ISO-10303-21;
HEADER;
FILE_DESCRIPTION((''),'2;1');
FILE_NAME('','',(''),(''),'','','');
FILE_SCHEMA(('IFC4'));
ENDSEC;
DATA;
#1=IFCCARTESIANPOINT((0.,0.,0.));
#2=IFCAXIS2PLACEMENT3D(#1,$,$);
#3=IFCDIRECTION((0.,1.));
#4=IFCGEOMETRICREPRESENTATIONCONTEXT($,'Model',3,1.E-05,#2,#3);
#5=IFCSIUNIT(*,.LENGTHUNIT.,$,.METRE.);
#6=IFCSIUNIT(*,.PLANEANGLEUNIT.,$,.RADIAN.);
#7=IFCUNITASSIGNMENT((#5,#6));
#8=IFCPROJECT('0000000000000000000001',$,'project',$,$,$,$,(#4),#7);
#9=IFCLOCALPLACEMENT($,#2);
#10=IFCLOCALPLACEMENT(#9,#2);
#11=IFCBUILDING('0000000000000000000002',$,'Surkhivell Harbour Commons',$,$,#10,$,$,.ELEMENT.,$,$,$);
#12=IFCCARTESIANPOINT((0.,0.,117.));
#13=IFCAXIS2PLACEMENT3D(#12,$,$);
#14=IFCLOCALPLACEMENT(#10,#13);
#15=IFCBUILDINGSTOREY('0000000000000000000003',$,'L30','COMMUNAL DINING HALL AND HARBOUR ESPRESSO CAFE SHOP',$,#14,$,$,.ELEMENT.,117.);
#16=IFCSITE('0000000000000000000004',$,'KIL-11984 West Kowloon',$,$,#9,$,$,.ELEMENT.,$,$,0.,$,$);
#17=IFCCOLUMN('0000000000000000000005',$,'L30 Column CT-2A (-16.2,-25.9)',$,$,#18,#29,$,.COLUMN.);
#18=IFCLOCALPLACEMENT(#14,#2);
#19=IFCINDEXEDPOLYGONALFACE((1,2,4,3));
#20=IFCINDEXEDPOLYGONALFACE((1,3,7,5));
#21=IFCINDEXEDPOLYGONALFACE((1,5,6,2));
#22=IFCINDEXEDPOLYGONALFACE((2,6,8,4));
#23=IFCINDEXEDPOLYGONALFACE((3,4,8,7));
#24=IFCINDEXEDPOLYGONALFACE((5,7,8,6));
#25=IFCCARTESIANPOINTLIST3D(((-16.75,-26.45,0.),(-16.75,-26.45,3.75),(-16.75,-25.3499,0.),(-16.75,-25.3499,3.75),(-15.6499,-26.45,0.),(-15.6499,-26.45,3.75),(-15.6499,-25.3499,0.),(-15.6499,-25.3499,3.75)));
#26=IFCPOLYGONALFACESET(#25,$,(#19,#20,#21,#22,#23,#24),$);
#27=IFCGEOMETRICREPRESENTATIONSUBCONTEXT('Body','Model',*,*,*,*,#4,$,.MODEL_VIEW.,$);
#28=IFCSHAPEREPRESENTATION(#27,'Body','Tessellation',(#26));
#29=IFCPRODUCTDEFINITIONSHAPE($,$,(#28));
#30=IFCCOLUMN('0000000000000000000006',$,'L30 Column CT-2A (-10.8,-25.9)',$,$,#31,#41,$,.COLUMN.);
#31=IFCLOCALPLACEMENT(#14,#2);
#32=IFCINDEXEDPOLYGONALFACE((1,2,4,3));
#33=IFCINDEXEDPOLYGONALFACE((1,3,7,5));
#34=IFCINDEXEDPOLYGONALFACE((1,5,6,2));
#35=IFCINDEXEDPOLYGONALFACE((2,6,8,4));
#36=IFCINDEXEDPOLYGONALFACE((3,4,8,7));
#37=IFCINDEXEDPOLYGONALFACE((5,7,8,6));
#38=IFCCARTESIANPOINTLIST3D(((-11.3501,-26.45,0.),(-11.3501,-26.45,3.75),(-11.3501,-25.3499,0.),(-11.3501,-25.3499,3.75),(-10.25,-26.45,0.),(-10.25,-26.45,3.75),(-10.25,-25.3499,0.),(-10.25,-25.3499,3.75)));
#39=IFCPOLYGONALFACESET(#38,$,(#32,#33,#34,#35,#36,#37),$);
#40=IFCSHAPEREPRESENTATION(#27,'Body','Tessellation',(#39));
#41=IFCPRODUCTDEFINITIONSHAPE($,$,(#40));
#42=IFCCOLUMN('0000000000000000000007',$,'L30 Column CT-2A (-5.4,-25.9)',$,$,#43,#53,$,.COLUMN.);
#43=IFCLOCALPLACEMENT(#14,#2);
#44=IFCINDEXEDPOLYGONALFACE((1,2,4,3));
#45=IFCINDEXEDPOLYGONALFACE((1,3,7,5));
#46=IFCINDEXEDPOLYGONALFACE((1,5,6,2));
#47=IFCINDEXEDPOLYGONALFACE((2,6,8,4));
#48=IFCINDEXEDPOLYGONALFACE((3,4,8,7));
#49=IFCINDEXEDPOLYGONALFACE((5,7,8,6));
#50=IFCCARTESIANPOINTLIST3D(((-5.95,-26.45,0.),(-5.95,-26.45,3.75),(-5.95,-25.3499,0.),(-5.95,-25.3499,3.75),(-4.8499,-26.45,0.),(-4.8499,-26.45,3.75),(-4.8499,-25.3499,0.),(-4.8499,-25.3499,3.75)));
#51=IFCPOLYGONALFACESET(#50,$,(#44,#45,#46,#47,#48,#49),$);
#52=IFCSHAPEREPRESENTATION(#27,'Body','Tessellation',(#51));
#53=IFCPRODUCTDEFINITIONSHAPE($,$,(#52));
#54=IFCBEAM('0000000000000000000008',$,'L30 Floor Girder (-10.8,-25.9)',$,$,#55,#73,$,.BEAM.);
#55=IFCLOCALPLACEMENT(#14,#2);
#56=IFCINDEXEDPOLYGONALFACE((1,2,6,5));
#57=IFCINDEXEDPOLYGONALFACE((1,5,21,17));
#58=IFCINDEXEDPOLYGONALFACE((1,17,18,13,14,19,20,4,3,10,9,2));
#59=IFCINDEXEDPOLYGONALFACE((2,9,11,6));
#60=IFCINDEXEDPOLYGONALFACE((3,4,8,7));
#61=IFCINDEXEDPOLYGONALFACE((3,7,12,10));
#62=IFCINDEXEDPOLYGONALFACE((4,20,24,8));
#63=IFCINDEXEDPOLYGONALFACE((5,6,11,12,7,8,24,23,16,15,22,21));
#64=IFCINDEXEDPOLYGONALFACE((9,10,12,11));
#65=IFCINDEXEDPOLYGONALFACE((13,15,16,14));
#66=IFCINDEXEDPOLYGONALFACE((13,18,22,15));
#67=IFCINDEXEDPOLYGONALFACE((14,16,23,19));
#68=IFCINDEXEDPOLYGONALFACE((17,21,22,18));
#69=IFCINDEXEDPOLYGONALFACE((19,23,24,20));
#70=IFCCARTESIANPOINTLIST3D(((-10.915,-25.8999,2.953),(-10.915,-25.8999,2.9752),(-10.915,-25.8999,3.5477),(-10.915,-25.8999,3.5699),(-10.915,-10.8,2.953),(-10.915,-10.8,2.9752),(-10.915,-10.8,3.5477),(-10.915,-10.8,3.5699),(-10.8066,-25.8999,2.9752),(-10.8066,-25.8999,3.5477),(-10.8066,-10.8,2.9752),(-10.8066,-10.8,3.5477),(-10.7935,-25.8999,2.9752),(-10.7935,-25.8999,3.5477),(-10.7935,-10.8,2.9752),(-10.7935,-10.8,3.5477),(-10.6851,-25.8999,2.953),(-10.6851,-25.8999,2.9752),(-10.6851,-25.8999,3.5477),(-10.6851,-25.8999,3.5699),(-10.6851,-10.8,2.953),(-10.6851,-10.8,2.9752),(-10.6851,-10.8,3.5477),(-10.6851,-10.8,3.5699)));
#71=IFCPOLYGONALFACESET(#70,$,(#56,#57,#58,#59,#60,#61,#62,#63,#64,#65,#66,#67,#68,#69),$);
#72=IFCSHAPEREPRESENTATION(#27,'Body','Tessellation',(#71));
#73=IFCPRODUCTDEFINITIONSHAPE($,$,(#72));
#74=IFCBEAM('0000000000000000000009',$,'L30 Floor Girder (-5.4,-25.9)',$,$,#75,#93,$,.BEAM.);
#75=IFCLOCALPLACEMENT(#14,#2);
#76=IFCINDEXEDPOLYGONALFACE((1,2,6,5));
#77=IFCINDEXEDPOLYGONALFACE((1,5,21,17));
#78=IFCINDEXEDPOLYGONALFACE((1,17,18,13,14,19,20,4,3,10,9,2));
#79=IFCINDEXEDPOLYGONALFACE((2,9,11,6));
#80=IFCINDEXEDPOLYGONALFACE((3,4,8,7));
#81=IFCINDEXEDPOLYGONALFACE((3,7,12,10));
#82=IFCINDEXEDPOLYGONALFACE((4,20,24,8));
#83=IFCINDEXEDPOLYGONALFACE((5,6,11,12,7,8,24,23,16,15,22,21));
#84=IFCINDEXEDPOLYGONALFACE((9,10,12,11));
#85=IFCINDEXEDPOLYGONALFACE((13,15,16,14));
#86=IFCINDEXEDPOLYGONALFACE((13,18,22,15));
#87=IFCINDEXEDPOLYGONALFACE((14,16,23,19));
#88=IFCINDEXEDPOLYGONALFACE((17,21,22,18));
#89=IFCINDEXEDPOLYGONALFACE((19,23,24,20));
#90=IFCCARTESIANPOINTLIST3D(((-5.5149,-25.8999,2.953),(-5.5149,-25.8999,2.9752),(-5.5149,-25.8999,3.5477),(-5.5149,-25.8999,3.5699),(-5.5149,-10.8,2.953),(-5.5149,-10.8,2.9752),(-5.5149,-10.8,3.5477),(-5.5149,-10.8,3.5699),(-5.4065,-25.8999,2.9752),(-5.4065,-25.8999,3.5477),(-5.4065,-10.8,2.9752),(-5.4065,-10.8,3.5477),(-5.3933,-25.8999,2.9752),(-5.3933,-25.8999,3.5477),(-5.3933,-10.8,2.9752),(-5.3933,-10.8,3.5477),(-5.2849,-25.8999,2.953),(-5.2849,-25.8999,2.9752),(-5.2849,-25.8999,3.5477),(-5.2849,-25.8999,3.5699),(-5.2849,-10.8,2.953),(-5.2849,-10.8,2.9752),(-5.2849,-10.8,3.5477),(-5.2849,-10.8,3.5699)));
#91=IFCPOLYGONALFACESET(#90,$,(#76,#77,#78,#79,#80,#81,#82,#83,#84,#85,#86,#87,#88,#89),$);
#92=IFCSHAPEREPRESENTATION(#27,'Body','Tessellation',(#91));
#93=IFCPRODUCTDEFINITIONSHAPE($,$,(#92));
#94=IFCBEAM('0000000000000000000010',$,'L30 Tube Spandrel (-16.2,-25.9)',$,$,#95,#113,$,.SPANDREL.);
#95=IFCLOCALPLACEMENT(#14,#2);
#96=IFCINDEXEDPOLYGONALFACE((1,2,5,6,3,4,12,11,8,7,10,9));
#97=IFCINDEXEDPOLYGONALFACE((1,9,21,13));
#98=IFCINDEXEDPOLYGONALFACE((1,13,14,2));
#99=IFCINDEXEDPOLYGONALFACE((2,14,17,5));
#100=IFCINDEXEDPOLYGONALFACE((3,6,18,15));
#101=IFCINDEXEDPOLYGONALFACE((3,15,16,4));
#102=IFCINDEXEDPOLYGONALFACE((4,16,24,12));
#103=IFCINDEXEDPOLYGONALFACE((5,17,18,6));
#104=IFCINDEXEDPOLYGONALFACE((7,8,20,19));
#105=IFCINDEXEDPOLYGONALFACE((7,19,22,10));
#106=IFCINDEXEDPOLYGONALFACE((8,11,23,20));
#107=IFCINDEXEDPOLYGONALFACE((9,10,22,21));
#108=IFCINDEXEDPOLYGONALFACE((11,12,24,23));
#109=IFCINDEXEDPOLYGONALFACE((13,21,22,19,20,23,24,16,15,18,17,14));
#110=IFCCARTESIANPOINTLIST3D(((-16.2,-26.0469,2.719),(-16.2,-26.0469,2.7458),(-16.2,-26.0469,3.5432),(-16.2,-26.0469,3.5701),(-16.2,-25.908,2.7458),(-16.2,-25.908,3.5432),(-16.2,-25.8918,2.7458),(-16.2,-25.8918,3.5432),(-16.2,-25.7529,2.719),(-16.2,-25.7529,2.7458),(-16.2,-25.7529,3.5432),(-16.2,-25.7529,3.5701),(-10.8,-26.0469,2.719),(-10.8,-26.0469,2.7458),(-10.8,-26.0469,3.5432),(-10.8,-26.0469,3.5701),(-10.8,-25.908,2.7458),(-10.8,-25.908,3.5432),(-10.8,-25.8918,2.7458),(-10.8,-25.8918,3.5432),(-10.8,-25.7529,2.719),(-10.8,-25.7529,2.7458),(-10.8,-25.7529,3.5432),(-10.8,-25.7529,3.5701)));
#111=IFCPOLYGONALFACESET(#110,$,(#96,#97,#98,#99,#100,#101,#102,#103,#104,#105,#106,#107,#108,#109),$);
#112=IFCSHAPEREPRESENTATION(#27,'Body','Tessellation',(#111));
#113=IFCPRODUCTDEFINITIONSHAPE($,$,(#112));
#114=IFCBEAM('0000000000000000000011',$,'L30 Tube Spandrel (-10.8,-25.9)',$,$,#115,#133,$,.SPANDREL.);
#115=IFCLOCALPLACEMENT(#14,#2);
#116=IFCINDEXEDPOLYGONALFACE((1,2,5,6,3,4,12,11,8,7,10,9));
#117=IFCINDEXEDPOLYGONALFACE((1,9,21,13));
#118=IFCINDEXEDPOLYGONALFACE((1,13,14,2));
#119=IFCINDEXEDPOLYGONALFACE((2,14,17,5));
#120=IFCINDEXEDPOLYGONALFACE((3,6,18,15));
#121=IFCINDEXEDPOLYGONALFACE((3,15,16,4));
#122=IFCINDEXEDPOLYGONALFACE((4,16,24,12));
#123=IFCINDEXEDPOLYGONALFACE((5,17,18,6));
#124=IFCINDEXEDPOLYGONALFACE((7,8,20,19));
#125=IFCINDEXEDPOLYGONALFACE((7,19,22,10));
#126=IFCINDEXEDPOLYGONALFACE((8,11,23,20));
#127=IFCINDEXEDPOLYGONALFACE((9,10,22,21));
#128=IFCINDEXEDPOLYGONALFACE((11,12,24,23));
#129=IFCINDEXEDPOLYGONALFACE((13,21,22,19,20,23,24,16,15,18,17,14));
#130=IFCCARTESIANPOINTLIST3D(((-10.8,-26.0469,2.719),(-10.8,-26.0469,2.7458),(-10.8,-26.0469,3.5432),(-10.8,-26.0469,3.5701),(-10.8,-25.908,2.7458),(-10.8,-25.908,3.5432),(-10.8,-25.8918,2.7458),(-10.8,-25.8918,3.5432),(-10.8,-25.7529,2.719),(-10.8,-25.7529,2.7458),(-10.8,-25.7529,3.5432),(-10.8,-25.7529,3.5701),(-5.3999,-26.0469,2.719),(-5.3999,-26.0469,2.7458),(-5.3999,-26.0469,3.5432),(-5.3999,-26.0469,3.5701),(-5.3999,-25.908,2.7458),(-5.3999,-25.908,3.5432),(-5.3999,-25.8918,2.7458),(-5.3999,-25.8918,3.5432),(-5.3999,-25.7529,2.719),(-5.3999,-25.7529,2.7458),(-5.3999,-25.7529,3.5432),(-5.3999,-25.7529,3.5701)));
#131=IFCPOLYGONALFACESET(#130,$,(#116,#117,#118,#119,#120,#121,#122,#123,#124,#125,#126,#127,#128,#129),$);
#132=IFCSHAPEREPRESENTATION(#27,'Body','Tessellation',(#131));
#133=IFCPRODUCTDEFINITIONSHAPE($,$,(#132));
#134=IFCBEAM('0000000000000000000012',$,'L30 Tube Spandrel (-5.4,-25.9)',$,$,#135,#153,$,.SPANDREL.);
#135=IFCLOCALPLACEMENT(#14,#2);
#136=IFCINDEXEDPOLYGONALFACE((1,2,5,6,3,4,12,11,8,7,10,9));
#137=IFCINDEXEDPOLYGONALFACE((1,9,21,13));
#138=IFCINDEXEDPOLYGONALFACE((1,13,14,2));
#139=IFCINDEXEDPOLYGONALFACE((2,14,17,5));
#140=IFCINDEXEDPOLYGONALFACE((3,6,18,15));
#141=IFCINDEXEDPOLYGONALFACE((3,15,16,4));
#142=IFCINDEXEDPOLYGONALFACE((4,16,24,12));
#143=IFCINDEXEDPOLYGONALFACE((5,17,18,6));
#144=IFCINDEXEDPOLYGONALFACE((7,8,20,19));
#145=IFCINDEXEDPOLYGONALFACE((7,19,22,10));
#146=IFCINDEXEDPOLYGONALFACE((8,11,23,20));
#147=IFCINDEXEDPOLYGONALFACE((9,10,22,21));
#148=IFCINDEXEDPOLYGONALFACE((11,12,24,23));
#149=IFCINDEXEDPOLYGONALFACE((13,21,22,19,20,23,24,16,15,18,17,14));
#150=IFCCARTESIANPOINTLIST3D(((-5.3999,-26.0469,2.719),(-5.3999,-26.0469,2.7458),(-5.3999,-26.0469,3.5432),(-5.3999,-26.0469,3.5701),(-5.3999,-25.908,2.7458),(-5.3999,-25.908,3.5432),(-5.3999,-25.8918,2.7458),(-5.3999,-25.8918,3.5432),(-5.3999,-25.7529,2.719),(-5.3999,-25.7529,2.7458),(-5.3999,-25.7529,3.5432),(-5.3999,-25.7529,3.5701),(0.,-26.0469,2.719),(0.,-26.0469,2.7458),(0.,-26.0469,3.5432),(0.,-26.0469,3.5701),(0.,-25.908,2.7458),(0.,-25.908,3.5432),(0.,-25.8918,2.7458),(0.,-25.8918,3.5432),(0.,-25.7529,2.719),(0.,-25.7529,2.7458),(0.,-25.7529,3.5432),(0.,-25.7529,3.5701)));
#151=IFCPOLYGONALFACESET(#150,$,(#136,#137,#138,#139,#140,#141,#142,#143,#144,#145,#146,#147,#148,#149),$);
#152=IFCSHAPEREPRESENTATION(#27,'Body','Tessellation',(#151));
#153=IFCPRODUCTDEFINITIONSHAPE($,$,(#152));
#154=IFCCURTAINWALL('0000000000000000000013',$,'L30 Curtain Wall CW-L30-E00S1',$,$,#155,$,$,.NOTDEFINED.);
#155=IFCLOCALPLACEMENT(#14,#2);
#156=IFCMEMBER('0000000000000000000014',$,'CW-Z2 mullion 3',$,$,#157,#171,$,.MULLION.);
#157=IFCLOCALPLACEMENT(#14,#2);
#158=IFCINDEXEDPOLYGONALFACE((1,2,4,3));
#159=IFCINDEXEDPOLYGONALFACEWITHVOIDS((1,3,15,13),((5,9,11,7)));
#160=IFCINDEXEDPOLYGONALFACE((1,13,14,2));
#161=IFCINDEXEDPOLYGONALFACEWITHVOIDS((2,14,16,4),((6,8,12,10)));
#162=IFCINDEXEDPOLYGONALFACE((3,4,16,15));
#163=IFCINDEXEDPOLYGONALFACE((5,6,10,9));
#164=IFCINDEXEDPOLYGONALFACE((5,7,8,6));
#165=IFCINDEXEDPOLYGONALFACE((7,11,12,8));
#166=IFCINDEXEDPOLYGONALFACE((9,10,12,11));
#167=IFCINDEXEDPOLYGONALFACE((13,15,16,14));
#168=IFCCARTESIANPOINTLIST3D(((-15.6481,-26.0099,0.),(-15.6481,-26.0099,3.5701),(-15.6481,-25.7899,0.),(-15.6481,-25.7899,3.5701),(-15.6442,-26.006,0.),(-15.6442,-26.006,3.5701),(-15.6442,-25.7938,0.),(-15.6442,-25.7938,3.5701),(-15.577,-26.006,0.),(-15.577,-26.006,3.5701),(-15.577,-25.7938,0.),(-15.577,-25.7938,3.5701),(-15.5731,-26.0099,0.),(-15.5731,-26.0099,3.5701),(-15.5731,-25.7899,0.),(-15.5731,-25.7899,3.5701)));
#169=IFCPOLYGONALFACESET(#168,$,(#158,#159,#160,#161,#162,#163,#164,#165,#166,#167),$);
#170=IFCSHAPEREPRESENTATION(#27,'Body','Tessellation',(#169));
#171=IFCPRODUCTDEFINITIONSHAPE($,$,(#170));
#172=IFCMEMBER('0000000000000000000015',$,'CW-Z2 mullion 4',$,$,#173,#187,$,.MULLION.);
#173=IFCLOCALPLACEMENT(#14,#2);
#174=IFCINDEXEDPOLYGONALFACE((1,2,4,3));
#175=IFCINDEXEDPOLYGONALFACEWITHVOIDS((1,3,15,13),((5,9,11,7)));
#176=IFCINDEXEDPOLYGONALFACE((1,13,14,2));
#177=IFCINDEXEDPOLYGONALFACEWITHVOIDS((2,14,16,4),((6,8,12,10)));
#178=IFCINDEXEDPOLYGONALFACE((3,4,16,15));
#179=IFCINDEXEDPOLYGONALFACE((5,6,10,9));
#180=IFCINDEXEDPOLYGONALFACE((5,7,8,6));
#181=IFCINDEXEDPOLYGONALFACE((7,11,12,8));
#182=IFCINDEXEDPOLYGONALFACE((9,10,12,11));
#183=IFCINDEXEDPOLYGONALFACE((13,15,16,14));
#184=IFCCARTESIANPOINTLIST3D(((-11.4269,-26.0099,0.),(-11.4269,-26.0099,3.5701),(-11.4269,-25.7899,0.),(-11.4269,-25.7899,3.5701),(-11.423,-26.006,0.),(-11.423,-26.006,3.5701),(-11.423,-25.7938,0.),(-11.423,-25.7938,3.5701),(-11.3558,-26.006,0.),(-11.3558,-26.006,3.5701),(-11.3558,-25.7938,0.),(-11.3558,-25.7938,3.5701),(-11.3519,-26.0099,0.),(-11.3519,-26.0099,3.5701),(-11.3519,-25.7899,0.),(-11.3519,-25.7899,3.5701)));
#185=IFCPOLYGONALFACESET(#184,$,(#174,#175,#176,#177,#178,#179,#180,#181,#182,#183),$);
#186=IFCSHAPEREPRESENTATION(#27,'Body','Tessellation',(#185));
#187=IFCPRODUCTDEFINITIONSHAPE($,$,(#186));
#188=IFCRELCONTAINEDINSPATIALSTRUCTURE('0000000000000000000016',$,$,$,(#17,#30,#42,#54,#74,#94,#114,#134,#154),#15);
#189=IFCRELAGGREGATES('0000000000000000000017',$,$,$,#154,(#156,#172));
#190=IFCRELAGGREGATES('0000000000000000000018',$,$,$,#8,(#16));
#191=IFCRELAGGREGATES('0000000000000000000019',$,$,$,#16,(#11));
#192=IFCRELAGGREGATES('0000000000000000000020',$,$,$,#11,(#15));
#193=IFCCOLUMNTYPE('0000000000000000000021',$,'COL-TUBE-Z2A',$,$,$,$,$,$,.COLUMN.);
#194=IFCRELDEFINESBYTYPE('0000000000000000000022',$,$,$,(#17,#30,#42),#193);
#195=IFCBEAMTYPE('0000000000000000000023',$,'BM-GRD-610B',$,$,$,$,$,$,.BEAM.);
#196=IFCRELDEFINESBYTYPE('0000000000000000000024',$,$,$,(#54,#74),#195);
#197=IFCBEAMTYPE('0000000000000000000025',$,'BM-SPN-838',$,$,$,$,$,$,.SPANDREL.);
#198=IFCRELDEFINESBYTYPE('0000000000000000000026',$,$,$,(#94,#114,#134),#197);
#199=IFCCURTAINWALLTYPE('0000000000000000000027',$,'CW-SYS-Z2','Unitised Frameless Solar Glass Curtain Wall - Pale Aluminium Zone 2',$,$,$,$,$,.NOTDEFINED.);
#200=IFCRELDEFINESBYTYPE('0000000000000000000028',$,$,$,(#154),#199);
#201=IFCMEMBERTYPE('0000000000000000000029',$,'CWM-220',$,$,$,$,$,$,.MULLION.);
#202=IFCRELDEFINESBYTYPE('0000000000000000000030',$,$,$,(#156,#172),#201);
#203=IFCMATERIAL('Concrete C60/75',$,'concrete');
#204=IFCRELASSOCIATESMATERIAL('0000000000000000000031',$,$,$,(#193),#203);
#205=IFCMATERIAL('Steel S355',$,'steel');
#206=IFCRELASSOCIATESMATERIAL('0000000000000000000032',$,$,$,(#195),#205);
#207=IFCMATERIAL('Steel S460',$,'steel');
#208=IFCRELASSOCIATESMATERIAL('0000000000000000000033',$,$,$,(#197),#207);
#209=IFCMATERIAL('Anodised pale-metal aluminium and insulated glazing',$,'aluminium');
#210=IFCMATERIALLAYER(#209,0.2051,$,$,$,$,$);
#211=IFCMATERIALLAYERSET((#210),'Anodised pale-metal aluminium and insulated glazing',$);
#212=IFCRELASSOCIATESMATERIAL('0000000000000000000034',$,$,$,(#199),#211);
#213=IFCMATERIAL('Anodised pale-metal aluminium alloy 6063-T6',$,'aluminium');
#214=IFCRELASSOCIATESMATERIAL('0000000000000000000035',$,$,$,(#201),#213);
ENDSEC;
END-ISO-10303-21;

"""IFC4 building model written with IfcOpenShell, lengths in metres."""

from ifc_helpers import new_model, si_unit, direction, frame, origin, origin_2d, place, context, subcontext, project, spatial, rectangle, hollow_rectangle, i_section, extrude, material, layer, layer_set, material_profile, profile_set, type_object, element, aggregate, save


model = new_model("IFC4")

# Units and contexts
model_context = context("Model", 3, precision=1e-05, world=origin(), true_north=direction((0.0, 1.0)))
body_context = subcontext(model_context, "Body", "Model", "MODEL_VIEW")
ifc_project = project(units=[si_unit("LENGTHUNIT", "METRE"), si_unit("PLANEANGLEUNIT", "RADIAN")], contexts=[model_context])

# Site, building, storey
site_placement = place(None, origin())
site = spatial("IfcSite", under=ifc_project, at=site_placement, Name="KIL-11984 West Kowloon", CompositionType="ELEMENT", RefElevation=0.0)
building_placement = place(site_placement, origin())
building = spatial("IfcBuilding", under=site, at=building_placement, Name="Surkhivell Harbour Commons", CompositionType="ELEMENT")
storey_placement = place(building_placement, frame((0.0, 0.0, 117.0)))
storey = spatial("IfcBuildingStorey", under=building, at=storey_placement, Name="L30", Description="COMMUNAL DINING HALL AND HARBOUR ESPRESSO CAFE SHOP", CompositionType="ELEMENT", Elevation=117.0)

# Columns
ifc_material_1 = material(Name="Concrete C60/75", Category="concrete")
ifc_material_profile_1 = material_profile(ifc_material_1, rectangle(XDim=1.1001, YDim=1.1001, at=origin_2d()), Name="RC-COL-1100x1100")
ifc_profile_set_1 = profile_set([ifc_material_profile_1], Name="Concrete C60/75")
column_type = type_object("IfcColumnType", Name="COL-TUBE-Z2A", PredefinedType="COLUMN", material=ifc_profile_set_1)
for number, where, z_axis, x_axis, name in (
    (1, (-16.2, -25.8999, 0.0), (0.0, 0.0, 1.0), (1.0, 0.0, 0.0), "L30 Column CT-2A (-16.2,-25.9)"),
    (2, (-10.8, -25.8999, 0.0), (0.0, 0.0, 1.0), (1.0, 0.0, 0.0), "L30 Column CT-2A (-10.8,-25.9)"),
    (3, (-5.3999, -25.8999, 0.0), (0.0, 0.0, 1.0), (1.0, 0.0, 0.0), "L30 Column CT-2A (-5.4,-25.9)"),
):
    element("IfcColumn", number, at=place(storey_placement, frame(where, z_axis=z_axis, x_axis=x_axis)), inside=storey, type_object=column_type, Name=name, PredefinedType="COLUMN", context=body_context, shape_type="SweptSolid", body=[
        extrude(rectangle(XDim=1.1001, YDim=1.1001, at=origin_2d()), origin(), (0.0, 0.0, 1.0), 3.75),
    ])

# Beams
ifc_material_2 = material(Name="Steel S355", Category="steel")
ifc_material_profile_2 = material_profile(ifc_material_2, i_section(OverallWidth=0.23, OverallDepth=0.6169, WebThickness=0.0132, FlangeThickness=0.0222, at=origin_2d()), Name="UB610x229x140")
ifc_profile_set_2 = profile_set([ifc_material_profile_2], Name="Steel S355")
beam_type_1 = type_object("IfcBeamType", Name="BM-GRD-610B", PredefinedType="BEAM", material=ifc_profile_set_2)
for number, where, z_axis, x_axis, name in (
    (4, (-10.8, -25.8999, 3.2615), (0.0, 1.0, 0.0), (-1.0, 0.0, 0.0), "L30 Floor Girder (-10.8,-25.9)"),
    (5, (-5.3999, -25.8999, 3.2615), (0.0, 1.0, 0.0), (-1.0, 0.0, 0.0), "L30 Floor Girder (-5.4,-25.9)"),
):
    element("IfcBeam", number, at=place(storey_placement, frame(where, z_axis=z_axis, x_axis=x_axis)), inside=storey, type_object=beam_type_1, Name=name, PredefinedType="BEAM", context=body_context, shape_type="SweptSolid", body=[
        extrude(i_section(OverallWidth=0.23, OverallDepth=0.6169, WebThickness=0.0132, FlangeThickness=0.0222, at=origin_2d()), origin(), (0.0, 0.0, 1.0), 15.0999),
    ])
ifc_material_3 = material(Name="Steel S460", Category="steel")
ifc_material_profile_3 = material_profile(ifc_material_3, i_section(OverallWidth=0.2939, OverallDepth=0.8511, WebThickness=0.0161, FlangeThickness=0.0269, at=origin_2d()), Name="UB838x292x226")
ifc_profile_set_3 = profile_set([ifc_material_profile_3], Name="Steel S460")
beam_type_2 = type_object("IfcBeamType", Name="BM-SPN-838", PredefinedType="SPANDREL", material=ifc_profile_set_3)
beam_1_placement = place(storey_placement, frame((-16.2, -25.8999, 3.1445), z_axis=(1.0, 0.0, 0.0), x_axis=(0.0, 1.0, 0.0)))
element("IfcBeam", 6, at=beam_1_placement, inside=storey, type_object=beam_type_2, Name="L30 Tube Spandrel (-16.2,-25.9)", PredefinedType="SPANDREL", context=body_context, shape_type="SweptSolid", body=[
    extrude(i_section(OverallWidth=0.2939, OverallDepth=0.8511, WebThickness=0.0161, FlangeThickness=0.0269, at=origin_2d()), origin(), (0.0, 0.0, 1.0), 5.3999),
])
beam_2_placement = place(storey_placement, frame((-10.8, -25.8999, 3.1445), z_axis=(1.0, 0.0, 0.0), x_axis=(0.0, 1.0, 0.0)))
element("IfcBeam", 7, at=beam_2_placement, inside=storey, type_object=beam_type_2, Name="L30 Tube Spandrel (-10.8,-25.9)", PredefinedType="SPANDREL", context=body_context, shape_type="SweptSolid", body=[
    extrude(i_section(OverallWidth=0.2939, OverallDepth=0.8511, WebThickness=0.0161, FlangeThickness=0.0269, at=origin_2d()), origin(), (0.0, 0.0, 1.0), 5.4001),
])
beam_3_placement = place(storey_placement, frame((-5.3999, -25.8999, 3.1445), z_axis=(1.0, 0.0, 0.0), x_axis=(0.0, 1.0, 0.0)))
element("IfcBeam", 8, at=beam_3_placement, inside=storey, type_object=beam_type_2, Name="L30 Tube Spandrel (-5.4,-25.9)", PredefinedType="SPANDREL", context=body_context, shape_type="SweptSolid", body=[
    extrude(i_section(OverallWidth=0.2939, OverallDepth=0.8511, WebThickness=0.0161, FlangeThickness=0.0269, at=origin_2d()), origin(), (0.0, 0.0, 1.0), 5.3999),
])

# Curtain wall, members
ifc_material_4 = material(Name="Anodised pale-metal aluminium and insulated glazing", Category="aluminium")
ifc_layer_1 = layer(ifc_material_4, 0.2051)
ifc_layer_set_1 = layer_set([ifc_layer_1], Name="Anodised pale-metal aluminium and insulated glazing")
curtain_wall_type = type_object("IfcCurtainWallType", Name="CW-SYS-Z2", Description="Unitised Frameless Solar Glass Curtain Wall - Pale Aluminium Zone 2", PredefinedType="NOTDEFINED", material=ifc_layer_set_1)
curtain_wall_1_placement = place(storey_placement, origin())
curtain_wall_1 = element("IfcCurtainWall", 9, at=curtain_wall_1_placement, inside=storey, type_object=curtain_wall_type, Name="L30 Curtain Wall CW-L30-E00S1", PredefinedType="NOTDEFINED")
ifc_material_5 = material(Name="Anodised pale-metal aluminium alloy 6063-T6", Category="aluminium")
ifc_material_profile_4 = material_profile(ifc_material_5, hollow_rectangle(XDim=0.075, YDim=0.22, WallThickness=0.0039, at=origin_2d()), Name="ALU-MULL-75x220")
ifc_profile_set_4 = profile_set([ifc_material_profile_4], Name="Anodised pale-metal aluminium alloy 6063-T6")
member_type_1 = type_object("IfcMemberType", Name="CWM-220", PredefinedType="MULLION", material=ifc_profile_set_4)
member_1_placement = place(storey_placement, frame((-15.6106, -25.8999, 0.0), z_axis=(0.0, 0.0, 1.0), x_axis=(1.0, 0.0, 0.0)))
member_1 = element("IfcMember", 10, at=member_1_placement, type_object=member_type_1, Name="CW-Z2 mullion 3", PredefinedType="MULLION", context=body_context, shape_type="SweptSolid", body=[
    extrude(hollow_rectangle(XDim=0.075, YDim=0.22, WallThickness=0.0039, at=origin_2d()), origin(), (0.0, 0.0, 1.0), 3.5701),
])
member_2_placement = place(storey_placement, frame((-11.3894, -25.8999, 0.0), z_axis=(0.0, 0.0, 1.0), x_axis=(1.0, 0.0, 0.0)))
member_2 = element("IfcMember", 11, at=member_2_placement, type_object=member_type_1, Name="CW-Z2 mullion 4", PredefinedType="MULLION", context=body_context, shape_type="SweptSolid", body=[
    extrude(hollow_rectangle(XDim=0.075, YDim=0.22, WallThickness=0.0039, at=origin_2d()), origin(), (0.0, 0.0, 1.0), 3.5701),
])

aggregate(curtain_wall_1, [member_1, member_2])

save(model, "model.ifc")
